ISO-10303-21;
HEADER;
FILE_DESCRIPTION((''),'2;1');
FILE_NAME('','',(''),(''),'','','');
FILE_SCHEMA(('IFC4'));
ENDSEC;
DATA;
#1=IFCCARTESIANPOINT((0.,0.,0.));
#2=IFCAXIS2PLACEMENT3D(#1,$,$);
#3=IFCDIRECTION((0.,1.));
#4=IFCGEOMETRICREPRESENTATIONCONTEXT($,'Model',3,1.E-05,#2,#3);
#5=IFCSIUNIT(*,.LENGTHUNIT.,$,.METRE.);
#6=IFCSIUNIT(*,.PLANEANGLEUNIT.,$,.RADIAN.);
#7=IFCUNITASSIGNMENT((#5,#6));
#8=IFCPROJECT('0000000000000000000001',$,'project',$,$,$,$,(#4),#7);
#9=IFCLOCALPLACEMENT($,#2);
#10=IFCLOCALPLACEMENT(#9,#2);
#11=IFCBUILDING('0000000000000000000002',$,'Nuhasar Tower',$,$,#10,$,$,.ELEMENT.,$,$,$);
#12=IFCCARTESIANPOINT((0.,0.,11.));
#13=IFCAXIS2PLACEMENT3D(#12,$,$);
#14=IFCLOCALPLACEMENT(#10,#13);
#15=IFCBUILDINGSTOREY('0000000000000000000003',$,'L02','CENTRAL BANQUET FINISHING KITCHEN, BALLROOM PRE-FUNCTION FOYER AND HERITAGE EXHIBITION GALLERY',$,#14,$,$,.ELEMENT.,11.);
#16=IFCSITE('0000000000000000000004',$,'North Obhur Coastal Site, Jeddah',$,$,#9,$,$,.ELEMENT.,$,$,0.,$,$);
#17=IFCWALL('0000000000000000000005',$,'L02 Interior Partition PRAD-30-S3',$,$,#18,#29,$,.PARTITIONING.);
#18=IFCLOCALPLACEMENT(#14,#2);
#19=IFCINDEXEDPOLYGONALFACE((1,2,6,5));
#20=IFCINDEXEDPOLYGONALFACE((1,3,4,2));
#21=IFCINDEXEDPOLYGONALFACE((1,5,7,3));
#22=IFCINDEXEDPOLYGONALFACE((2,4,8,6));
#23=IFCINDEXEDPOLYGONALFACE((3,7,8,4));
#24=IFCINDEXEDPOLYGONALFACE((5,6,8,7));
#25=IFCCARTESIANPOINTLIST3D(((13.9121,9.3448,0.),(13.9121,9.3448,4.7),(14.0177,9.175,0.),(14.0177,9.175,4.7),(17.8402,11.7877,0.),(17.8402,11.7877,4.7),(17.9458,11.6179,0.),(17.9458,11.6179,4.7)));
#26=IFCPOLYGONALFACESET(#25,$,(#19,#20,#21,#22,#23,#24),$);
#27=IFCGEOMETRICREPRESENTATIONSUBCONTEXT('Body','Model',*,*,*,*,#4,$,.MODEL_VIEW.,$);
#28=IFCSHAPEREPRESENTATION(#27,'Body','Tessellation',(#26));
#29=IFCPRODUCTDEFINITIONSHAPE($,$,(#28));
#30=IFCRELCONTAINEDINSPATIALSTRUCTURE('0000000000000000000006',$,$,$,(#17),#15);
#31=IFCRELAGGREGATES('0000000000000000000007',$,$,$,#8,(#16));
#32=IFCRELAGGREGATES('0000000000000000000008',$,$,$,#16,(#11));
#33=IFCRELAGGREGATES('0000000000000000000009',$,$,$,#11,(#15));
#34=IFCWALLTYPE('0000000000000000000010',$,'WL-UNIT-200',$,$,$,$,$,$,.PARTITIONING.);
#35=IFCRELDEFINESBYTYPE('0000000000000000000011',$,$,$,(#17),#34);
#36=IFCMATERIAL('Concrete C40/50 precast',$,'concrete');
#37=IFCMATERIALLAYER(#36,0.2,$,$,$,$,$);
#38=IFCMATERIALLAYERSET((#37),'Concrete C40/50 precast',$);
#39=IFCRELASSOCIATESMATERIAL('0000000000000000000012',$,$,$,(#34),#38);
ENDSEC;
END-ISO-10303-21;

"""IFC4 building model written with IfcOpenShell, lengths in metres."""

from ifc_helpers import new_model, si_unit, direction, frame, frame_2d, origin, place, context, subcontext, project, spatial, rectangle, extrude, material, layer, layer_set, type_object, element, save


model = new_model("IFC4")

# Units and contexts
model_context = context("Model", 3, precision=1e-05, world=origin(), true_north=direction((0.0, 1.0)))
body_context = subcontext(model_context, "Body", "Model", "MODEL_VIEW")
ifc_project = project(units=[si_unit("LENGTHUNIT", "METRE"), si_unit("PLANEANGLEUNIT", "RADIAN")], contexts=[model_context])

# Site, building, storey
site_placement = place(None, origin())
site = spatial("IfcSite", under=ifc_project, at=site_placement, Name="North Obhur Coastal Site, Jeddah", CompositionType="ELEMENT", RefElevation=0.0)
building_placement = place(site_placement, origin())
building = spatial("IfcBuilding", under=site, at=building_placement, Name="Nuhasar Tower", CompositionType="ELEMENT")
storey_placement = place(building_placement, frame((0.0, 0.0, 11.0)))
storey = spatial("IfcBuildingStorey", under=building, at=storey_placement, Name="L02", Description="CENTRAL BANQUET FINISHING KITCHEN, BALLROOM PRE-FUNCTION FOYER AND HERITAGE EXHIBITION GALLERY", CompositionType="ELEMENT", Elevation=11.0)

# Wall
ifc_material_1 = material(Name="Concrete C40/50 precast", Category="concrete")
ifc_layer_1 = layer(ifc_material_1, 0.2)
ifc_layer_set_1 = layer_set([ifc_layer_1], Name="Concrete C40/50 precast")
wall_type_1 = type_object("IfcWallType", Name="WL-UNIT-200", PredefinedType="PARTITIONING", material=ifc_layer_set_1)
wall_1_placement = place(storey_placement, frame((17.8931, 11.7029, 0.0), z_axis=(0.0, 0.0, 1.0), x_axis=(-0.849173, -0.528114, 0.0)))
element("IfcWall", 1, at=wall_1_placement, inside=storey, type_object=wall_type_1, Name="L02 Interior Partition PRAD-30-S3", PredefinedType="PARTITIONING", context=body_context, shape_type="SweptSolid", body=[
    extrude(rectangle(XDim=4.6257, YDim=0.2, at=frame_2d((2.313, 0.0))), origin(), (0.0, 0.0, 1.0), 4.7),
])

save(model, "model.ifc")
